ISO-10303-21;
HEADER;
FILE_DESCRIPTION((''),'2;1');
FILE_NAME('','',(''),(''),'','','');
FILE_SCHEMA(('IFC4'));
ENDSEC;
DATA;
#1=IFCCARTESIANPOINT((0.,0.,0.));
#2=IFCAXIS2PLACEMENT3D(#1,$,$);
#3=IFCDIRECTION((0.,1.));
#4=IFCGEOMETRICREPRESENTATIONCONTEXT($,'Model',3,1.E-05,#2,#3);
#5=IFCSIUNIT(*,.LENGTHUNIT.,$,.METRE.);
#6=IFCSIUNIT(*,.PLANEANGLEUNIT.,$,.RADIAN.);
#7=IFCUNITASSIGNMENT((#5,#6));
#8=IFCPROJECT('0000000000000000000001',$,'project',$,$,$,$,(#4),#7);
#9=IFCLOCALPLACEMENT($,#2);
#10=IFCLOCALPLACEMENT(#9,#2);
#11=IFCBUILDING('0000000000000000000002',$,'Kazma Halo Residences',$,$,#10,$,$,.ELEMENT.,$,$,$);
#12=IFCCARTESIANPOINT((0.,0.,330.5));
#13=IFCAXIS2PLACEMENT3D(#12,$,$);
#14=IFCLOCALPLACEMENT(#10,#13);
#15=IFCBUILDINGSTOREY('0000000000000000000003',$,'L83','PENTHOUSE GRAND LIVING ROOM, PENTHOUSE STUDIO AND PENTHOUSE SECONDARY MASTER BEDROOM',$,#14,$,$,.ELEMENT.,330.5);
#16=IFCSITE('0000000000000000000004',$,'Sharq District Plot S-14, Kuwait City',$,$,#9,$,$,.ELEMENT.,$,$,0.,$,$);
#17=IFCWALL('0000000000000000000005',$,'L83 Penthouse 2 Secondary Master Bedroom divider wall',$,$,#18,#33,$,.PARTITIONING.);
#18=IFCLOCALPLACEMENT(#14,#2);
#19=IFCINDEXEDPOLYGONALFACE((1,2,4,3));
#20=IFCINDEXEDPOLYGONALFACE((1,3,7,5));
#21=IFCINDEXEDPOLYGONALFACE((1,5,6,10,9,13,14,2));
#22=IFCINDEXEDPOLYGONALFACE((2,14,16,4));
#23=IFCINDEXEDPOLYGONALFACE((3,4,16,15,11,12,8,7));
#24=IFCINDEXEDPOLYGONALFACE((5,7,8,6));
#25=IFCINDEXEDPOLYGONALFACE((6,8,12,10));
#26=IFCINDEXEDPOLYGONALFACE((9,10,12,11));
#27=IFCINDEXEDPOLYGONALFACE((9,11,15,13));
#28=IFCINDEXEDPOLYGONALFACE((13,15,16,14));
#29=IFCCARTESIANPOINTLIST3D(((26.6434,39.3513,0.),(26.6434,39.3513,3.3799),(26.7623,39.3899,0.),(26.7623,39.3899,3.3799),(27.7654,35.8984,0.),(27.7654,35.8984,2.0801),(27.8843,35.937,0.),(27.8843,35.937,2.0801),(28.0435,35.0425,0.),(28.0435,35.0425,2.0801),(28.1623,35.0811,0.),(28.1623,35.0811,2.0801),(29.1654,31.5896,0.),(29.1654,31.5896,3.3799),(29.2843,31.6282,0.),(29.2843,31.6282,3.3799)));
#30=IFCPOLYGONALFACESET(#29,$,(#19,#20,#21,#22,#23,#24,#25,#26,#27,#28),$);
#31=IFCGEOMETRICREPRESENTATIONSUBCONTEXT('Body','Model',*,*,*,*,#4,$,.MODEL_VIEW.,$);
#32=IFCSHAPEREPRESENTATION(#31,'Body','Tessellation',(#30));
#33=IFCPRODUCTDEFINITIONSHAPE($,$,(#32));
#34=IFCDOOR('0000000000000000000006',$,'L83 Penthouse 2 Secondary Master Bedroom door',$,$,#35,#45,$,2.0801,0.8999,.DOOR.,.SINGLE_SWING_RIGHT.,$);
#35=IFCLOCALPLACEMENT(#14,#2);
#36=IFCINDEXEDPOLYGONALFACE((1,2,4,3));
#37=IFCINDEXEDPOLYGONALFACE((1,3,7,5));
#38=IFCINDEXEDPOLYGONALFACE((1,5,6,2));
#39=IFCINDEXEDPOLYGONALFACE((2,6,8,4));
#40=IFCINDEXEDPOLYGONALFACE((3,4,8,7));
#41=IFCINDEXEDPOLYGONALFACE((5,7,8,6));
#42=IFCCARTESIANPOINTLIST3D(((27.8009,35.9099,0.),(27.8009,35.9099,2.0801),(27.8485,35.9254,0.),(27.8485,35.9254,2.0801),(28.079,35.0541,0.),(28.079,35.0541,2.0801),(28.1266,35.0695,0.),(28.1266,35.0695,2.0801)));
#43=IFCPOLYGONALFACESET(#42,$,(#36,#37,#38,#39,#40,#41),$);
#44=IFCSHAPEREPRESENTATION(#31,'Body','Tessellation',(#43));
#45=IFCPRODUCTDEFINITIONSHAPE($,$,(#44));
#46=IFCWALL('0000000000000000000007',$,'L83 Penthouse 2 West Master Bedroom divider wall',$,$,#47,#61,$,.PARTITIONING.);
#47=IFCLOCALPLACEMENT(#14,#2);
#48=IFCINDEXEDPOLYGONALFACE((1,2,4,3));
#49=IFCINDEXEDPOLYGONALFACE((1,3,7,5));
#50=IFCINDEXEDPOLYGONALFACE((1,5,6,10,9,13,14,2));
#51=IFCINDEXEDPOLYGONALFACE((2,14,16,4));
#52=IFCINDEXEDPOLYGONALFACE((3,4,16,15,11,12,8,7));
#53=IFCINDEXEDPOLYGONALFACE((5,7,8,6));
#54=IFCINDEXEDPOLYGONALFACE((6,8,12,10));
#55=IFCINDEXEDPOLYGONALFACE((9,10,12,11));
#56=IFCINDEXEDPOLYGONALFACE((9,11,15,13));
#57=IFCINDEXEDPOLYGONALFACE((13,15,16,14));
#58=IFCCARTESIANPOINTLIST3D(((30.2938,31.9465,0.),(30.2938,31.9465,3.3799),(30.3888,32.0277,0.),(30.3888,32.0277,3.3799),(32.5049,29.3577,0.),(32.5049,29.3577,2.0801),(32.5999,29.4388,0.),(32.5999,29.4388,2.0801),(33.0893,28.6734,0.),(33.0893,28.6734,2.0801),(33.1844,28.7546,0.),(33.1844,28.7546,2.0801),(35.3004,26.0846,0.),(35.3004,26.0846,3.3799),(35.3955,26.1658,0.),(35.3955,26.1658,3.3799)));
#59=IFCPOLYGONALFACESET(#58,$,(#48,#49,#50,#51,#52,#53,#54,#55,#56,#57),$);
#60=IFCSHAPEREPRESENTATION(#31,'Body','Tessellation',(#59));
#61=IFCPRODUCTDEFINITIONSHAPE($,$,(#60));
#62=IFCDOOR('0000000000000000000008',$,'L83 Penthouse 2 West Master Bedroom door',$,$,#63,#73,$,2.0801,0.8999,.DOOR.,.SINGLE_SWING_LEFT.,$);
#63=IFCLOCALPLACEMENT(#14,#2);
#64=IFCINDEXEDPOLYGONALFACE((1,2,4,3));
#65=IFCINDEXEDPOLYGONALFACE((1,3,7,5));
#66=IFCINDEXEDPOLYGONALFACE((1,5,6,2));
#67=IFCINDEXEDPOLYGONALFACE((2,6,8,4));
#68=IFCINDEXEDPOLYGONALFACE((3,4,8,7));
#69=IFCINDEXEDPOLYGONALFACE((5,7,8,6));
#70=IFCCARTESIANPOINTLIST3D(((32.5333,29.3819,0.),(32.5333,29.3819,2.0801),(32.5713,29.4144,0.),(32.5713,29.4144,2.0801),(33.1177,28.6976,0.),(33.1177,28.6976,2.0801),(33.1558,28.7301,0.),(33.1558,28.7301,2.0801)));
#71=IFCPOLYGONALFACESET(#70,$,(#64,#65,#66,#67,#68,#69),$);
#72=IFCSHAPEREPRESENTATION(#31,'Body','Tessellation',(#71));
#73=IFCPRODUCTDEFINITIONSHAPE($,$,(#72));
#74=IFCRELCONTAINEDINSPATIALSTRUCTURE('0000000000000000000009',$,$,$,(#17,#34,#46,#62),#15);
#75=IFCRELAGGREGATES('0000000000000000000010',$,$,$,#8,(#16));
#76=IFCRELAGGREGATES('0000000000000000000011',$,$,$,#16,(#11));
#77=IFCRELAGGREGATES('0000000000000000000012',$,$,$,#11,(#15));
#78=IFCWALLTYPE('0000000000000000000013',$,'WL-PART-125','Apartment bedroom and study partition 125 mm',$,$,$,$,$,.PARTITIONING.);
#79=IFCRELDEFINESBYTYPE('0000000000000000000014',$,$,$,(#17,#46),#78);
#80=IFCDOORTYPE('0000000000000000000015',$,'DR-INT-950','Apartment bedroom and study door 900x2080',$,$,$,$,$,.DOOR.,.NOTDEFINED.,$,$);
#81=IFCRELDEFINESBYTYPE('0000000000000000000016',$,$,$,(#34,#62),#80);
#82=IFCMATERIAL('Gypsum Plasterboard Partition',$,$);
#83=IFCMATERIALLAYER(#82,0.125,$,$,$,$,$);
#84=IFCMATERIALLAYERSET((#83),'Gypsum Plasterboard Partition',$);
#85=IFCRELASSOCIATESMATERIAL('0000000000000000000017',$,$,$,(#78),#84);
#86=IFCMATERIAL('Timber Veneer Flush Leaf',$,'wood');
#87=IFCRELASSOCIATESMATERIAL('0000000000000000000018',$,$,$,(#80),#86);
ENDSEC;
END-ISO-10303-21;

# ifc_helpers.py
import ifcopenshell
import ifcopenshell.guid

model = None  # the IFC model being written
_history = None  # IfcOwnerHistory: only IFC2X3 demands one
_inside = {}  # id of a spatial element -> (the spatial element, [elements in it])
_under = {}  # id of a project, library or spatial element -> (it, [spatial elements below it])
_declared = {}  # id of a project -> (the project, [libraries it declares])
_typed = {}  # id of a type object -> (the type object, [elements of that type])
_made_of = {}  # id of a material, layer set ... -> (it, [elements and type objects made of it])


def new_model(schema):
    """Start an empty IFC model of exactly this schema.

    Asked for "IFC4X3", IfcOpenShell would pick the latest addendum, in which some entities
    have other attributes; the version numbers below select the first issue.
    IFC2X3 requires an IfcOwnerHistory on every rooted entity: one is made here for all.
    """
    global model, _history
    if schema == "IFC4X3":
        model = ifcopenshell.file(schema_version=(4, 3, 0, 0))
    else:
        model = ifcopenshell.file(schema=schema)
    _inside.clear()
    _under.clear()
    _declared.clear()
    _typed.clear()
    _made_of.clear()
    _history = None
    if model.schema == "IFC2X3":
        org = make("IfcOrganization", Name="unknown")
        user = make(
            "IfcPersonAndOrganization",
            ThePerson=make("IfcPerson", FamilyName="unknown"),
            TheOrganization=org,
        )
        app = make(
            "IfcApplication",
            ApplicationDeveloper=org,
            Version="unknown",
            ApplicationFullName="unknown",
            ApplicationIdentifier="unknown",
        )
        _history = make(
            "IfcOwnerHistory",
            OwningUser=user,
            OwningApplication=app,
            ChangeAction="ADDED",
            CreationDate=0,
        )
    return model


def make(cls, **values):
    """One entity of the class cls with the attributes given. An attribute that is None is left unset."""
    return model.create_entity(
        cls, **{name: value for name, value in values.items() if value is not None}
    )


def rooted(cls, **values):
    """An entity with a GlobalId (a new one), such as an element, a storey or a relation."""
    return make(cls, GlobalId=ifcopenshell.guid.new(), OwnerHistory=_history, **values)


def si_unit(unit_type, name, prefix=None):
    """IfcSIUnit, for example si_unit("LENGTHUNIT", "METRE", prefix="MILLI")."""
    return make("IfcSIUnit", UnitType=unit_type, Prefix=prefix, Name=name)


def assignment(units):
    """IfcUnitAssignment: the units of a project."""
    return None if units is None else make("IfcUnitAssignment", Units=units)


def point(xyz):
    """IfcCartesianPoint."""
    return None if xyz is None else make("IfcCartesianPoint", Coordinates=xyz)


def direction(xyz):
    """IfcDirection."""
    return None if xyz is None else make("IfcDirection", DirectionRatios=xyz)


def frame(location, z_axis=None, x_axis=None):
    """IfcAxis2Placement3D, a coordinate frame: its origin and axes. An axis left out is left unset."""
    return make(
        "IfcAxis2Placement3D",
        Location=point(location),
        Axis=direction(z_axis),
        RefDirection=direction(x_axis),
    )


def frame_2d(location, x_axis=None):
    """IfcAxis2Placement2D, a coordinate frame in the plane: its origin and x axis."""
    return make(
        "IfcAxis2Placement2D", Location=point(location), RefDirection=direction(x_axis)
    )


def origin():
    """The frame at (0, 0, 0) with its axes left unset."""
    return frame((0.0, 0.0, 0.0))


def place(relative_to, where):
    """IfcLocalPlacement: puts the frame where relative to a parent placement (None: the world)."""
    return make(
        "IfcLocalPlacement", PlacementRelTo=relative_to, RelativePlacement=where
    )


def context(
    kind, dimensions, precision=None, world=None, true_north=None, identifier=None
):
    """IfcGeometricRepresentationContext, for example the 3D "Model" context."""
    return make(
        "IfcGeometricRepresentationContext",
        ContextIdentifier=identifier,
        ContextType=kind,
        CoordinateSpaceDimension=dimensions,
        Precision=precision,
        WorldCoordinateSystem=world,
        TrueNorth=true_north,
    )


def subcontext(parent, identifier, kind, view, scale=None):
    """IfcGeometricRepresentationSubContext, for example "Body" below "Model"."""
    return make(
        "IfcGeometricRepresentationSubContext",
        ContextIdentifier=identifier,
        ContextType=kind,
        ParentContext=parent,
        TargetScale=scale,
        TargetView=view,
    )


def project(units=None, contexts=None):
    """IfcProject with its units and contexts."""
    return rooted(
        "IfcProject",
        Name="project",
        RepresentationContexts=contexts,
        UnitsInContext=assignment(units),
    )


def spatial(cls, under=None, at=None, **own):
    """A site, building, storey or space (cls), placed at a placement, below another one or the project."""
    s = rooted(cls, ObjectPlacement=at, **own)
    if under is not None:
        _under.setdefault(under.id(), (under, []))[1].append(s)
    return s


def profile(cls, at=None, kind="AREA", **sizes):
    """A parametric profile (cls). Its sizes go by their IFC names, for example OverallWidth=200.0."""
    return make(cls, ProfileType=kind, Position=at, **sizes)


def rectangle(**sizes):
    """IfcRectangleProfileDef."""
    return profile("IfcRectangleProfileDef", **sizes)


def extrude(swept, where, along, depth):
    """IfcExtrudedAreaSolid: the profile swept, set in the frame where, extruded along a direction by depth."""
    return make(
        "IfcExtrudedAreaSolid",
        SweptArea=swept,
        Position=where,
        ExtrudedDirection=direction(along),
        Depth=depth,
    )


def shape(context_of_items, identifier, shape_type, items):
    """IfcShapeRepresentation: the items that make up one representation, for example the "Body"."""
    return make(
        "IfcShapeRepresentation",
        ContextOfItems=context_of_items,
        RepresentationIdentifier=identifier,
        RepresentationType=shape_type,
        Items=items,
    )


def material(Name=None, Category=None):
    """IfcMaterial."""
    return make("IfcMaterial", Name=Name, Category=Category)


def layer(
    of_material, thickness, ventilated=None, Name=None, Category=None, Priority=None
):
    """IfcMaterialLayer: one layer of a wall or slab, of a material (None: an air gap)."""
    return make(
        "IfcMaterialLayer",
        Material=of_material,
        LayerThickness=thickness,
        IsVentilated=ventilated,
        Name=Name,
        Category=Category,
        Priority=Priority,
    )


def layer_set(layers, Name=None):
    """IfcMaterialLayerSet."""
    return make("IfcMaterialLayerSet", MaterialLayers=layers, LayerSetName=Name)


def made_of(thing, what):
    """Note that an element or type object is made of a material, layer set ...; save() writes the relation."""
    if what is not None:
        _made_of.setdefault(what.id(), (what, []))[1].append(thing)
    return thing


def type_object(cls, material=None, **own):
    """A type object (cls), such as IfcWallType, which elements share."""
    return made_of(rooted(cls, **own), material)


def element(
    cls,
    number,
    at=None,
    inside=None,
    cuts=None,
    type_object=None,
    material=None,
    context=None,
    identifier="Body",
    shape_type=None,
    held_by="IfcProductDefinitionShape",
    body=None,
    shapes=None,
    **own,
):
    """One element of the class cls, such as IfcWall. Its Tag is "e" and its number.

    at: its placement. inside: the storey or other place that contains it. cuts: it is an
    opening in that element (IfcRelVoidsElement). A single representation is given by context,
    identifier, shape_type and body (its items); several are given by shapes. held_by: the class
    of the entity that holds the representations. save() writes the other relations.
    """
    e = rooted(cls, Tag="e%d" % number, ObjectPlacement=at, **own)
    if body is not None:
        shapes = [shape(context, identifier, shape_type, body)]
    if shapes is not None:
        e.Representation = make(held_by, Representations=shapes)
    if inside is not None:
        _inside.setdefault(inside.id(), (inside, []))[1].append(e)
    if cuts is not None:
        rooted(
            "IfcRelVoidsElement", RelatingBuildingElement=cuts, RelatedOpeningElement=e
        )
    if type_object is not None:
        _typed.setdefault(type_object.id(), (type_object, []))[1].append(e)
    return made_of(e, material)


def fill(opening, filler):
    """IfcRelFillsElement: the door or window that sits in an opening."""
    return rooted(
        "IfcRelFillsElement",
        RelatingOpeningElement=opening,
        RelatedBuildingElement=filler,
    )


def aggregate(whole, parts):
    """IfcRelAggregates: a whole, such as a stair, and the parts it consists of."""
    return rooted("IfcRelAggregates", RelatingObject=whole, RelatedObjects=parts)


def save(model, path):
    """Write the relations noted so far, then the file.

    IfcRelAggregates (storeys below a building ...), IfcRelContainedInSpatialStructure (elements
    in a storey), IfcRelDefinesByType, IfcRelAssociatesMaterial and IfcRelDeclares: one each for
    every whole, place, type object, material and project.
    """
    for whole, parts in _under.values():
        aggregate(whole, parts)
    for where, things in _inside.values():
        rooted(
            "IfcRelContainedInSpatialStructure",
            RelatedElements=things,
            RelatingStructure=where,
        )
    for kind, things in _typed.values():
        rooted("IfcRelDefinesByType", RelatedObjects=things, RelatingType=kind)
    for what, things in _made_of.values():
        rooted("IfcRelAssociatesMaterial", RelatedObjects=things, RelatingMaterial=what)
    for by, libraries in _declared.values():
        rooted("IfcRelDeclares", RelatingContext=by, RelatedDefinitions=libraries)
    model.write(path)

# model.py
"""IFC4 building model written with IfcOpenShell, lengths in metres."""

from ifc_helpers import new_model, si_unit, direction, frame, frame_2d, origin, place, context, subcontext, project, spatial, rectangle, extrude, material, layer, layer_set, type_object, element, fill, save


model = new_model("IFC4")

# Units and contexts
model_context = context("Model", 3, precision=1e-05, world=origin(), true_north=direction((0.0, 1.0)))
body_context = subcontext(model_context, "Body", "Model", "MODEL_VIEW")
ifc_project = project(units=[si_unit("LENGTHUNIT", "METRE"), si_unit("PLANEANGLEUNIT", "RADIAN")], contexts=[model_context])

# Site, building, storey
site_placement = place(None, origin())
site = spatial("IfcSite", under=ifc_project, at=site_placement, Name="Sharq District Plot S-14, Kuwait City", CompositionType="ELEMENT", RefElevation=0.0)
building_placement = place(site_placement, origin())
building = spatial("IfcBuilding", under=site, at=building_placement, Name="Kazma Halo Residences", CompositionType="ELEMENT")
storey_placement = place(building_placement, frame((0.0, 0.0, 330.5)))
storey = spatial("IfcBuildingStorey", under=building, at=storey_placement, Name="L83", Description="PENTHOUSE GRAND LIVING ROOM, PENTHOUSE STUDIO AND PENTHOUSE SECONDARY MASTER BEDROOM", CompositionType="ELEMENT", Elevation=330.5)

# Shared definitions
ifc_material_1 = material(Name="Gypsum Plasterboard Partition")
ifc_layer_1 = layer(ifc_material_1, 0.125)
ifc_layer_set_1 = layer_set([ifc_layer_1], Name="Gypsum Plasterboard Partition")
wall_type_1 = type_object("IfcWallType", Name="WL-PART-125", Description="Apartment bedroom and study partition 125 mm", PredefinedType="PARTITIONING", material=ifc_layer_set_1)

# Walls, openings, doors
ifc_material_2 = material(Name="Timber Veneer Flush Leaf", Category="wood")
door_type = type_object("IfcDoorType", Name="DR-INT-950", Description="Apartment bedroom and study door 900x2080", OperationType="NOTDEFINED", PredefinedType="DOOR", material=ifc_material_2)
wall_1_placement = place(storey_placement, frame((26.7029, 39.3706, 0.0), z_axis=(0.0, 0.0, 1.0), x_axis=(0.309021, -0.951055, 0.0)))
wall_1 = element("IfcWall", 1, at=wall_1_placement, inside=storey, type_object=wall_type_1, Name="L83 Penthouse 2 Secondary Master Bedroom divider wall", PredefinedType="PARTITIONING", context=body_context, shape_type="SweptSolid", body=[
    extrude(rectangle(XDim=8.1611, YDim=0.125, at=frame_2d((4.0806, 0.0))), origin(), (0.0, 0.0, 1.0), 3.3799),
])
opening_1_placement = place(wall_1_placement, frame((3.6306, 0.0, 0.0)))
opening_1 = element("IfcOpeningElement", 2, at=opening_1_placement, cuts=wall_1, PredefinedType="OPENING", context=body_context, shape_type="SweptSolid", body=[
    extrude(rectangle(XDim=0.8999, YDim=2.0801, at=frame_2d((0.45, 1.04))), frame((0.0, 0.0725, 0.0), z_axis=(0.0, -1.0, 0.0), x_axis=(1.0, 0.0, 0.0)), (0.0, 0.0, 1.0), 0.145),
])
door_1_placement = place(opening_1_placement, origin())
door_1 = element("IfcDoor", 3, at=door_1_placement, inside=storey, type_object=door_type, Name="L83 Penthouse 2 Secondary Master Bedroom door", OperationType="SINGLE_SWING_RIGHT", OverallHeight=2.0801, OverallWidth=0.8999, PredefinedType="DOOR", context=body_context, shape_type="SweptSolid", body=[
    extrude(rectangle(XDim=0.8999, YDim=2.0801, at=frame_2d((0.45, 1.04))), frame((0.0, 0.0249, 0.0), z_axis=(0.0, -1.0, 0.0), x_axis=(1.0, 0.0, 0.0)), (0.0, 0.0, 1.0), 0.05),
])
fill(opening_1, door_1)
wall_2_placement = place(storey_placement, frame((30.3413, 31.9871, 0.0), z_axis=(0.0, 0.0, 1.0), x_axis=(0.649458, -0.760398, 0.0)))
wall_2 = element("IfcWall", 4, at=wall_2_placement, inside=storey, type_object=wall_type_1, Name="L83 Penthouse 2 West Master Bedroom divider wall", PredefinedType="PARTITIONING", context=body_context, shape_type="SweptSolid", body=[
    extrude(rectangle(XDim=7.709, YDim=0.125, at=frame_2d((3.8545, 0.0))), origin(), (0.0, 0.0, 1.0), 3.3799),
])
opening_2_placement = place(wall_2_placement, frame((3.4045, 0.0, 0.0)))
opening_2 = element("IfcOpeningElement", 5, at=opening_2_placement, cuts=wall_2, PredefinedType="OPENING", context=body_context, shape_type="SweptSolid", body=[
    extrude(rectangle(XDim=0.8999, YDim=2.0801, at=frame_2d((0.45, 1.04))), frame((0.0, 0.0725, 0.0), z_axis=(0.0, -1.0, 0.0), x_axis=(1.0, 0.0, 0.0)), (0.0, 0.0, 1.0), 0.145),
])
door_2_placement = place(opening_2_placement, origin())
door_2 = element("IfcDoor", 6, at=door_2_placement, inside=storey, type_object=door_type, Name="L83 Penthouse 2 West Master Bedroom door", OperationType="SINGLE_SWING_LEFT", OverallHeight=2.0801, OverallWidth=0.8999, PredefinedType="DOOR", context=body_context, shape_type="SweptSolid", body=[
    extrude(rectangle(XDim=0.8999, YDim=2.0801, at=frame_2d((0.45, 1.04))), frame((0.0, 0.0249, 0.0), z_axis=(0.0, -1.0, 0.0), x_axis=(1.0, 0.0, 0.0)), (0.0, 0.0, 1.0), 0.05),
])
fill(opening_2, door_2)

save(model, "model.ifc")
